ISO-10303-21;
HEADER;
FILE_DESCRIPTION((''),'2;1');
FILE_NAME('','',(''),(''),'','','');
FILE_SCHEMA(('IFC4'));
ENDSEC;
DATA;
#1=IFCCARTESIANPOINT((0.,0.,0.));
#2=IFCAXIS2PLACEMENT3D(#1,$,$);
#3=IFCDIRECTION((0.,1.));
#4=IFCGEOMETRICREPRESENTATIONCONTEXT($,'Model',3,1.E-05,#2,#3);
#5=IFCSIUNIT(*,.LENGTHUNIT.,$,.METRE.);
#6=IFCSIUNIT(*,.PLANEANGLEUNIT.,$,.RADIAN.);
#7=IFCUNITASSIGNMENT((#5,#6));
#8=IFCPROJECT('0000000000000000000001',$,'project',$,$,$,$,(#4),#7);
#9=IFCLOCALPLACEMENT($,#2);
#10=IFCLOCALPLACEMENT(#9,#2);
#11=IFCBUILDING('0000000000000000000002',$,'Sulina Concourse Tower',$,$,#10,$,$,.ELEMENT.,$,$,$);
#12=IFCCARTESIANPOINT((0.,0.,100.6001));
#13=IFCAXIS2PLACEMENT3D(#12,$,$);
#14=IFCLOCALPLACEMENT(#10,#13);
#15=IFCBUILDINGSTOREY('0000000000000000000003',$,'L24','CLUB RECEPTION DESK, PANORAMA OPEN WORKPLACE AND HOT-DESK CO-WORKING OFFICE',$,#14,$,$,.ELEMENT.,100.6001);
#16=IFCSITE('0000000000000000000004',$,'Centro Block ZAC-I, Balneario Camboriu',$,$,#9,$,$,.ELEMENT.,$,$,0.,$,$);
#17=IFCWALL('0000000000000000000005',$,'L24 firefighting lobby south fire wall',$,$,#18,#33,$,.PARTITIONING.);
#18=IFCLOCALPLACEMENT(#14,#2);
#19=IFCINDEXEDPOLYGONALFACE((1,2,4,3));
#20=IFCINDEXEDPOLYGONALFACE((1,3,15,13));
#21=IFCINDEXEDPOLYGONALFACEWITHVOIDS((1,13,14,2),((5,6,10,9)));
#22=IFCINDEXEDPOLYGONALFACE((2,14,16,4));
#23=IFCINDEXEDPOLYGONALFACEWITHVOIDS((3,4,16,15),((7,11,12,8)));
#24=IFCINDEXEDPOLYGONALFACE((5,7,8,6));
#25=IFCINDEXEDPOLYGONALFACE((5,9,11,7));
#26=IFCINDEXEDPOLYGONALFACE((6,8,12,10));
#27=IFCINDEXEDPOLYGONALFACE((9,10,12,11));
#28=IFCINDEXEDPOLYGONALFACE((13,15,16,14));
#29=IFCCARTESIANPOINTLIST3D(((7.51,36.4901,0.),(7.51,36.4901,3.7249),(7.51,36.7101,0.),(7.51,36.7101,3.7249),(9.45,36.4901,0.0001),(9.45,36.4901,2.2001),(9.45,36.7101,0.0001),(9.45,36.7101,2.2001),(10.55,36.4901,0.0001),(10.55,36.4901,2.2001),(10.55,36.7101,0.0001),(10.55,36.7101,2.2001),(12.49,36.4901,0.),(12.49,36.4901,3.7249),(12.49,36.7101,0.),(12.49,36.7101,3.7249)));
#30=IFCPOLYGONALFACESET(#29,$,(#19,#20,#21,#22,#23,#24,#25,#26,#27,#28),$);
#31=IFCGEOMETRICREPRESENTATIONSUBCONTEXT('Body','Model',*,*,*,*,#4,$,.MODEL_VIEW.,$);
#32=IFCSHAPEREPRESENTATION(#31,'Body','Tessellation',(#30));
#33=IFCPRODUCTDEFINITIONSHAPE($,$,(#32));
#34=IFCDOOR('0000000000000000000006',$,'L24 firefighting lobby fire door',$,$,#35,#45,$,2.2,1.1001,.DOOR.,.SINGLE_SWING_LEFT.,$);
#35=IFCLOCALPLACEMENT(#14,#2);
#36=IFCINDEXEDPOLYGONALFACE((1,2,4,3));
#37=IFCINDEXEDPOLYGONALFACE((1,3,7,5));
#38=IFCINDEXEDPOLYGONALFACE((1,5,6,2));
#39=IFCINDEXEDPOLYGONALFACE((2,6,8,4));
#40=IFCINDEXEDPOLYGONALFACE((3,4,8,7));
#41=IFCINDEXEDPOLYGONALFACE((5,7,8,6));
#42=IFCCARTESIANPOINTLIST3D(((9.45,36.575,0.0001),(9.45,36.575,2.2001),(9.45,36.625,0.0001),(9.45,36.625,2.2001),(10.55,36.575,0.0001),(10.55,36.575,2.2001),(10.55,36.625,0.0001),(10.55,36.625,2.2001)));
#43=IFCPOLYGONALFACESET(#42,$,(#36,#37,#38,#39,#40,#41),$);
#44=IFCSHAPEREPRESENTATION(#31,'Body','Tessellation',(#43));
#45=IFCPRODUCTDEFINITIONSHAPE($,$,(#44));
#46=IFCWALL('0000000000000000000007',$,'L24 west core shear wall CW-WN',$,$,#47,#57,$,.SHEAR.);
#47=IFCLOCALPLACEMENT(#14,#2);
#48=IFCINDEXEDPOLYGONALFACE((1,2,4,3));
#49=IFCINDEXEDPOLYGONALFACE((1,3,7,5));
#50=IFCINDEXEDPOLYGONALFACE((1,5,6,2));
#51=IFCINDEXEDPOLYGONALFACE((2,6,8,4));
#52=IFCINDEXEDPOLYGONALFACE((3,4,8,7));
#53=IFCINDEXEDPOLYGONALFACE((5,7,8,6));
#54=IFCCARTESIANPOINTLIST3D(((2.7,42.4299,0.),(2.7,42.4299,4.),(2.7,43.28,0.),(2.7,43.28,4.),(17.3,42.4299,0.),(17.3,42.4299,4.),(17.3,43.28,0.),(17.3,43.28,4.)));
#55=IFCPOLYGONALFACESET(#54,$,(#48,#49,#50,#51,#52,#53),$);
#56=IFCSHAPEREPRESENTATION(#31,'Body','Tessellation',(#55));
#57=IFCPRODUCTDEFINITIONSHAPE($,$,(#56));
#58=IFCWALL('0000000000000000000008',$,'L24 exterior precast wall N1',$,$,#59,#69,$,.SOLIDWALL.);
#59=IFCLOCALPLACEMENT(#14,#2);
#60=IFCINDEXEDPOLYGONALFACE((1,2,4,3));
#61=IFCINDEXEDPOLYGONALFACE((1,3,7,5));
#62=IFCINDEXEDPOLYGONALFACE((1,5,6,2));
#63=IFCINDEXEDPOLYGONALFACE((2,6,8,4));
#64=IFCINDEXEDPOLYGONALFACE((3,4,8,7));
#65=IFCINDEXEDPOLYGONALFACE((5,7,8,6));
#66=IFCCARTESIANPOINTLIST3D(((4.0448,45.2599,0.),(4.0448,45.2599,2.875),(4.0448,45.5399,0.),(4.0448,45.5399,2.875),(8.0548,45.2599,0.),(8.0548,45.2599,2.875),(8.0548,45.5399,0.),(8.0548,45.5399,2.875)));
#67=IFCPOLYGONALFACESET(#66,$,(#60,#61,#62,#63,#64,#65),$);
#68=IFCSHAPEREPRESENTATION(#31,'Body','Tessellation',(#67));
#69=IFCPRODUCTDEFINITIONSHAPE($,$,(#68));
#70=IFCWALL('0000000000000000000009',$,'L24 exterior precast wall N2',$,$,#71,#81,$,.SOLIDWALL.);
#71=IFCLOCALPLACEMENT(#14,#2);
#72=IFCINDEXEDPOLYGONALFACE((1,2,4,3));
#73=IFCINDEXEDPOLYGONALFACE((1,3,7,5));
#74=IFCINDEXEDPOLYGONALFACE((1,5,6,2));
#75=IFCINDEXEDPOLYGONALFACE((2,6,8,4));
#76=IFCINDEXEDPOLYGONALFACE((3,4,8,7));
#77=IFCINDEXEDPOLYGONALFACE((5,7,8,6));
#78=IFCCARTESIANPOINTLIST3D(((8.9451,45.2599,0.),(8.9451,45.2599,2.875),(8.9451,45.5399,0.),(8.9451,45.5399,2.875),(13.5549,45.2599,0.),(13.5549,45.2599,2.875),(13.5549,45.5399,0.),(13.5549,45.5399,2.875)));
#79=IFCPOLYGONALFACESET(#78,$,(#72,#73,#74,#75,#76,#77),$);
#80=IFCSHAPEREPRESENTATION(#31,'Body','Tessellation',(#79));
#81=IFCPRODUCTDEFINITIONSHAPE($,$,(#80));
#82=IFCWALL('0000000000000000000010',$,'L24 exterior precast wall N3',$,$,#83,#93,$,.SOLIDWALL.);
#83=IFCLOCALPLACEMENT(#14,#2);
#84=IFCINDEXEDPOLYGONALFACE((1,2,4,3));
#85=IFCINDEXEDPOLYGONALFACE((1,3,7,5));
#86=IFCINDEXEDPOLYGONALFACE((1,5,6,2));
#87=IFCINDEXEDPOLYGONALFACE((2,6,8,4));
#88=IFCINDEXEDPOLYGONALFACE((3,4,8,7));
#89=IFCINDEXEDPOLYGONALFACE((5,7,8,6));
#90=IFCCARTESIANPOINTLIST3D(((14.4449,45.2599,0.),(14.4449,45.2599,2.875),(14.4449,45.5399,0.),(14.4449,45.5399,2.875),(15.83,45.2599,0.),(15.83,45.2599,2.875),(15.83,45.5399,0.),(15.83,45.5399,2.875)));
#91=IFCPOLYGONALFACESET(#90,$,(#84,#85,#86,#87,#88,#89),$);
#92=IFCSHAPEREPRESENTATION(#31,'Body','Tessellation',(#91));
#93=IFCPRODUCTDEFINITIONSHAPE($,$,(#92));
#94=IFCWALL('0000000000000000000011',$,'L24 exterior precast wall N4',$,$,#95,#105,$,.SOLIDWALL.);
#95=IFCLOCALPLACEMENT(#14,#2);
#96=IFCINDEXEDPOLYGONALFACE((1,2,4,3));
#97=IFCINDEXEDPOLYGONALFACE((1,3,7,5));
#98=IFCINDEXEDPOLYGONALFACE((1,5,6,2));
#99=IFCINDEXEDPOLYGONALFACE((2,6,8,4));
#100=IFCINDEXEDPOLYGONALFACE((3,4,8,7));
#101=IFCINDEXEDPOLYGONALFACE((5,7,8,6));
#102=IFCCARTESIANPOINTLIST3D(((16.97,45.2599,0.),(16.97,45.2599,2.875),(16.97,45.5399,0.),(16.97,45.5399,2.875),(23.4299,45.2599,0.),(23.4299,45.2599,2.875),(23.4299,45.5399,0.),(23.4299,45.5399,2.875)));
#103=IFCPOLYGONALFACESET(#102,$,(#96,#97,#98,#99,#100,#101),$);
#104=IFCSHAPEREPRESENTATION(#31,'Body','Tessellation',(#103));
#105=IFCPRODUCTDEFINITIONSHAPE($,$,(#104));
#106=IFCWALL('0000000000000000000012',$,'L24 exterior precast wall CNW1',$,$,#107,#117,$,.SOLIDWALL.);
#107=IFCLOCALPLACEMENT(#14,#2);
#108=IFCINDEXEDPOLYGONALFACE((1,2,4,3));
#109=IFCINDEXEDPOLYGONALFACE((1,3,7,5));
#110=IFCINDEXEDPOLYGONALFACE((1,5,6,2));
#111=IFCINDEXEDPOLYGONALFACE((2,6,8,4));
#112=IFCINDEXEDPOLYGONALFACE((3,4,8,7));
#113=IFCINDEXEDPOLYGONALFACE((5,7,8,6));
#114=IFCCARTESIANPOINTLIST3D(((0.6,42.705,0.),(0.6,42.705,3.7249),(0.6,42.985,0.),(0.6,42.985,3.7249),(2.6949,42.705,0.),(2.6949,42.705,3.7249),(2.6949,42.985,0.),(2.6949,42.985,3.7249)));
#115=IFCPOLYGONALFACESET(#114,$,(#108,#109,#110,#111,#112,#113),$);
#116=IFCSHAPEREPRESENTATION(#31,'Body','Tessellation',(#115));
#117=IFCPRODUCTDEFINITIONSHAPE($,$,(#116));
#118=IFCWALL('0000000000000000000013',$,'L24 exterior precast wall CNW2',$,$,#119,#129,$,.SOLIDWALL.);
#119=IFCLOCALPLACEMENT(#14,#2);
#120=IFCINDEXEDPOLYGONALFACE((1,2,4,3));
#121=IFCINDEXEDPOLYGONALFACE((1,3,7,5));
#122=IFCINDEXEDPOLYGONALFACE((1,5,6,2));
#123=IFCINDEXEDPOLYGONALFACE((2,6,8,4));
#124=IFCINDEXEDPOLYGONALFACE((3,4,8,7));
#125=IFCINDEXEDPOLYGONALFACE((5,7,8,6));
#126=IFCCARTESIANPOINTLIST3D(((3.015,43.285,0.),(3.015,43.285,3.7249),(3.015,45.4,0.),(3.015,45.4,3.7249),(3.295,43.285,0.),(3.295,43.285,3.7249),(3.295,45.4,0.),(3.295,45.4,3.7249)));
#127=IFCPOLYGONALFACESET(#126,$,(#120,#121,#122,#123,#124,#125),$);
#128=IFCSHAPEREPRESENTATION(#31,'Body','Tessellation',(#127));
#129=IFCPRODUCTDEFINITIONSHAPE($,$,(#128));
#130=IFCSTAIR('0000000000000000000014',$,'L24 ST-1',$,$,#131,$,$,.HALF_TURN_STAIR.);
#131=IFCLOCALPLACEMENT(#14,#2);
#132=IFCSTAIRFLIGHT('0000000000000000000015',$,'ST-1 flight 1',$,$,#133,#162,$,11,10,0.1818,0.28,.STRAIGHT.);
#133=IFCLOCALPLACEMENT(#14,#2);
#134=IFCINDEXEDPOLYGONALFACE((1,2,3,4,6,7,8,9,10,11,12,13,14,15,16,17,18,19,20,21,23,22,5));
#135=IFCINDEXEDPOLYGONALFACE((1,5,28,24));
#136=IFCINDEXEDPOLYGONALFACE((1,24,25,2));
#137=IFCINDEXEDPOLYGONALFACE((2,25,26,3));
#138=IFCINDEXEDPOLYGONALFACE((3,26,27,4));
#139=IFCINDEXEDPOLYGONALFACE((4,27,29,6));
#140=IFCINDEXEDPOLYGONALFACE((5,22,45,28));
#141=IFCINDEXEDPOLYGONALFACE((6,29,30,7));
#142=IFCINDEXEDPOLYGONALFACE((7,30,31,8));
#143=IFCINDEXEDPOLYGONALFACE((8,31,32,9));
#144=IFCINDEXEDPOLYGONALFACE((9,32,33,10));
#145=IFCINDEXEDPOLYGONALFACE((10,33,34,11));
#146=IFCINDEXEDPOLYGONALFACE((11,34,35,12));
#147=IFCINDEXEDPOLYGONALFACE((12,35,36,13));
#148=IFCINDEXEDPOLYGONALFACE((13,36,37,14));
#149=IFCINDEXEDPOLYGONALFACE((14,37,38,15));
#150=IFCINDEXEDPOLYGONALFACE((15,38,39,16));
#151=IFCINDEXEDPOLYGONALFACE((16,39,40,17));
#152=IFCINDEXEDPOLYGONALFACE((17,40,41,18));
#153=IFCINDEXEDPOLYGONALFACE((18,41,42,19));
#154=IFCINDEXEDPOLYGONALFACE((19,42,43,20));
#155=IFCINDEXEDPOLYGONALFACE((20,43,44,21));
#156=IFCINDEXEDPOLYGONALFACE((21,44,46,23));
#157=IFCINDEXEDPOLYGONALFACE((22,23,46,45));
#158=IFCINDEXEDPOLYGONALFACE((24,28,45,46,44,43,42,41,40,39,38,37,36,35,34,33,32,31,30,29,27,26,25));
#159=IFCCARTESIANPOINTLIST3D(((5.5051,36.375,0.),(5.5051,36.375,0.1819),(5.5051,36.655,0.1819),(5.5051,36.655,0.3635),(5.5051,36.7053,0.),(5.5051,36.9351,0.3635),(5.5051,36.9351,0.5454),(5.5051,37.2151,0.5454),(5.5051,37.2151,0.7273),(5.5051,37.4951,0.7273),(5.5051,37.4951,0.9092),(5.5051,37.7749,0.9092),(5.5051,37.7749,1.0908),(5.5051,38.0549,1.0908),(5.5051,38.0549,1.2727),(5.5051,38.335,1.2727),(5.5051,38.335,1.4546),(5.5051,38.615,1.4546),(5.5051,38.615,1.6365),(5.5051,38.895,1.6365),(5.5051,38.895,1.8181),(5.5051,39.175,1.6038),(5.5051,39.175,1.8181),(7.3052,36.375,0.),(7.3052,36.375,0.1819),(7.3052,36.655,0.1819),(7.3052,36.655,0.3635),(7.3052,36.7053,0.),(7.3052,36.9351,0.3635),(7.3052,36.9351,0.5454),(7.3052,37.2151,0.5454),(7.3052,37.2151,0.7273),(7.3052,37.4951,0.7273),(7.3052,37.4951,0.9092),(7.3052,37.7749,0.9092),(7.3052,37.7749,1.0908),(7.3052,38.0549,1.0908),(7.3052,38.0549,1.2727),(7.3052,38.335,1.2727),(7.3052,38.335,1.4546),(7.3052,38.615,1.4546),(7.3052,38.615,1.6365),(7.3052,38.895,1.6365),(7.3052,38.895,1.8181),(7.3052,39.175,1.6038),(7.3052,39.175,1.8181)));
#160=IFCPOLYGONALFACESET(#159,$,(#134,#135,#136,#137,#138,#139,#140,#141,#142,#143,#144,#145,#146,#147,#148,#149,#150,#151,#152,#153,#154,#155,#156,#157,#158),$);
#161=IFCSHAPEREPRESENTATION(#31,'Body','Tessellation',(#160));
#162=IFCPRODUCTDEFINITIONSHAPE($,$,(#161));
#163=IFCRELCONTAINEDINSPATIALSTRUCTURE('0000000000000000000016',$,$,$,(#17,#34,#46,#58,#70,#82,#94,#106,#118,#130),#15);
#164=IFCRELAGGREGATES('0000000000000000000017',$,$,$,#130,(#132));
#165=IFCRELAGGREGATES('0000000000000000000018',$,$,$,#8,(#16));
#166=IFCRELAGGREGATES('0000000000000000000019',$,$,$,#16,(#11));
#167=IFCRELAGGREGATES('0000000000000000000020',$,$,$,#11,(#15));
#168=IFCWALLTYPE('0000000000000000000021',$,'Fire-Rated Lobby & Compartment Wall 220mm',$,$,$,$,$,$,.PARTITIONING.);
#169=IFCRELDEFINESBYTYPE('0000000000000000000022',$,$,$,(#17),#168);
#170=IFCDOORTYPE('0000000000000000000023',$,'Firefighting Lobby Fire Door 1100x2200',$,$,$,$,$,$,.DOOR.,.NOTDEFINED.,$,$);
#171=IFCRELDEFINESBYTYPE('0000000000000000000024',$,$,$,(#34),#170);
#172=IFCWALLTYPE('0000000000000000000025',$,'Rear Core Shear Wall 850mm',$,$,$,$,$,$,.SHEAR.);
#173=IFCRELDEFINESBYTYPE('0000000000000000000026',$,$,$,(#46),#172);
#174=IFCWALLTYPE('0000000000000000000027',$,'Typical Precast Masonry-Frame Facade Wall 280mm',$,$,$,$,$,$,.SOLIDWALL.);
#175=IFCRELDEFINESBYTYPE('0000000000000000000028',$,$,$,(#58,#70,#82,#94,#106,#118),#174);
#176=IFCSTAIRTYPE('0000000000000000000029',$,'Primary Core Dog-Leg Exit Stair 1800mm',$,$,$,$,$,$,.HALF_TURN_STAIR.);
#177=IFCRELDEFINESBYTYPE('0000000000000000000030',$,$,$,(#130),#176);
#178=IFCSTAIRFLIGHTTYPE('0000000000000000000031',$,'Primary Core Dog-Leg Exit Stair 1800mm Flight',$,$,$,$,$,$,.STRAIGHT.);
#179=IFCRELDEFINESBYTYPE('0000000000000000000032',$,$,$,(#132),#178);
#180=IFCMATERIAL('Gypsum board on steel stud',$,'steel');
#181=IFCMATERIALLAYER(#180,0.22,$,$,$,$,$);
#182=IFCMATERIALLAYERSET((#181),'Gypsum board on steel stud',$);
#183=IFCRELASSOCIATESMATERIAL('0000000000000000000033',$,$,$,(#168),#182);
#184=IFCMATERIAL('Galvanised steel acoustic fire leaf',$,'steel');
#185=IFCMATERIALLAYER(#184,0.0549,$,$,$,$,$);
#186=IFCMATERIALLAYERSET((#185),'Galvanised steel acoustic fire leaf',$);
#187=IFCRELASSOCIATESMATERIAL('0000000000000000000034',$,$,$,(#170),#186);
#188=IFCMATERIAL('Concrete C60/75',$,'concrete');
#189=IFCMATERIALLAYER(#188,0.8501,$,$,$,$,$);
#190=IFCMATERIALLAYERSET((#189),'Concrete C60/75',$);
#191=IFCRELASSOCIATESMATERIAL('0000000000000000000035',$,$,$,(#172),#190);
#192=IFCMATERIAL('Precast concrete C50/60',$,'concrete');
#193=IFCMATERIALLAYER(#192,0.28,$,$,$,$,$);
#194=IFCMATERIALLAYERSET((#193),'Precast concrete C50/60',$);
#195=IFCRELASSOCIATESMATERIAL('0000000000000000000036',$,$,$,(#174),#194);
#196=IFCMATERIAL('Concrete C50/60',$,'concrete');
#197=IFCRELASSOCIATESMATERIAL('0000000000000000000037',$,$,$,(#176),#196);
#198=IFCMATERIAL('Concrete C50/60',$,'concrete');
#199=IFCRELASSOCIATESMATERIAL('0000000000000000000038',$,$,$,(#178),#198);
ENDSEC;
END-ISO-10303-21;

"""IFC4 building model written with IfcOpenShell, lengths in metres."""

from ifc_helpers import new_model, si_unit, direction, frame, frame_2d, origin, place, context, subcontext, project, spatial, polyline, rectangle, outline, extrude, material, layer, layer_set, type_object, element, fill, aggregate, save


model = new_model("IFC4")

# Units and contexts
model_context = context("Model", 3, precision=1e-05, world=origin(), true_north=direction((0.0, 1.0)))
body_context = subcontext(model_context, "Body", "Model", "MODEL_VIEW")
ifc_project = project(units=[si_unit("LENGTHUNIT", "METRE"), si_unit("PLANEANGLEUNIT", "RADIAN")], contexts=[model_context])

# Site, building, storey
site_placement = place(None, origin())
site = spatial("IfcSite", under=ifc_project, at=site_placement, Name="Centro Block ZAC-I, Balneario Camboriu", CompositionType="ELEMENT", RefElevation=0.0)
building_placement = place(site_placement, origin())
building = spatial("IfcBuilding", under=site, at=building_placement, Name="Sulina Concourse Tower", CompositionType="ELEMENT")
storey_placement = place(building_placement, frame((0.0, 0.0, 100.6001)))
storey = spatial("IfcBuildingStorey", under=building, at=storey_placement, Name="L24", Description="CLUB RECEPTION DESK, PANORAMA OPEN WORKPLACE AND HOT-DESK CO-WORKING OFFICE", CompositionType="ELEMENT", Elevation=100.6001)

# Wall, opening, door
ifc_material_1 = material(Name="Gypsum board on steel stud", Category="steel")
ifc_layer_1 = layer(ifc_material_1, 0.22)
ifc_layer_set_1 = layer_set([ifc_layer_1], Name="Gypsum board on steel stud")
wall_type_1 = type_object("IfcWallType", Name="Fire-Rated Lobby & Compartment Wall 220mm", PredefinedType="PARTITIONING", material=ifc_layer_set_1)
wall_1_placement = place(storey_placement, frame((7.51, 36.6001, 0.0), z_axis=(0.0, 0.0, 1.0), x_axis=(1.0, 0.0, 0.0)))
wall_1 = element("IfcWall", 1, at=wall_1_placement, inside=storey, type_object=wall_type_1, Name="L24 firefighting lobby south fire wall", PredefinedType="PARTITIONING", context=body_context, shape_type="SweptSolid", body=[
    extrude(rectangle(XDim=4.98, YDim=0.22, at=frame_2d((2.49, 0.0))), origin(), (0.0, 0.0, 1.0), 3.7249),
])
opening_1_placement = place(wall_1_placement, frame((1.9399, 0.0, 0.0)))
opening_1 = element("IfcOpeningElement", 2, at=opening_1_placement, cuts=wall_1, PredefinedType="OPENING", context=body_context, shape_type="SweptSolid", body=[
    extrude(rectangle(XDim=1.1001, YDim=2.2, at=frame_2d((0.55, 1.1001))), frame((0.0, 0.1199, 0.0), z_axis=(0.0, -1.0, 0.0), x_axis=(1.0, 0.0, 0.0)), (0.0, 0.0, 1.0), 0.24),
])
ifc_material_2 = material(Name="Galvanised steel acoustic fire leaf", Category="steel")
ifc_layer_2 = layer(ifc_material_2, 0.0549)
ifc_layer_set_2 = layer_set([ifc_layer_2], Name="Galvanised steel acoustic fire leaf")
door_type_1 = type_object("IfcDoorType", Name="Firefighting Lobby Fire Door 1100x2200", OperationType="NOTDEFINED", PredefinedType="DOOR", material=ifc_layer_set_2)
door_1_placement = place(opening_1_placement, origin())
door_1 = element("IfcDoor", 3, at=door_1_placement, inside=storey, type_object=door_type_1, Name="L24 firefighting lobby fire door", OperationType="SINGLE_SWING_LEFT", OverallHeight=2.2, OverallWidth=1.1001, PredefinedType="DOOR", context=body_context, shape_type="SweptSolid", body=[
    extrude(rectangle(XDim=1.1001, YDim=2.2, at=frame_2d((0.55, 1.1001))), frame((0.0, 0.0249, 0.0), z_axis=(0.0, -1.0, 0.0), x_axis=(1.0, 0.0, 0.0)), (0.0, 0.0, 1.0), 0.05),
])
fill(opening_1, door_1)

# Walls
ifc_material_3 = material(Name="Concrete C60/75", Category="concrete")
ifc_layer_3 = layer(ifc_material_3, 0.8501)
ifc_layer_set_3 = layer_set([ifc_layer_3], Name="Concrete C60/75")
wall_type_2 = type_object("IfcWallType", Name="Rear Core Shear Wall 850mm", PredefinedType="SHEAR", material=ifc_layer_set_3)
wall_2_placement = place(storey_placement, frame((2.7, 42.855, 0.0), z_axis=(0.0, 0.0, 1.0), x_axis=(1.0, 0.0, 0.0)))
element("IfcWall", 4, at=wall_2_placement, inside=storey, type_object=wall_type_2, Name="L24 west core shear wall CW-WN", PredefinedType="SHEAR", context=body_context, shape_type="SweptSolid", body=[
    extrude(rectangle(XDim=14.6001, YDim=0.8501, at=frame_2d((7.3, 0.0))), origin(), (0.0, 0.0, 1.0), 4.0),
])
ifc_material_4 = material(Name="Precast concrete C50/60", Category="concrete")
ifc_layer_4 = layer(ifc_material_4, 0.28)
ifc_layer_set_4 = layer_set([ifc_layer_4], Name="Precast concrete C50/60")
wall_type_3 = type_object("IfcWallType", Name="Typical Precast Masonry-Frame Facade Wall 280mm", PredefinedType="SOLIDWALL", material=ifc_layer_set_4)
wall_3_placement = place(storey_placement, frame((4.0449, 45.3999, 0.0), z_axis=(0.0, 0.0, 1.0), x_axis=(1.0, 0.0, 0.0)))
element("IfcWall", 5, at=wall_3_placement, inside=storey, type_object=wall_type_3, Name="L24 exterior precast wall N1", PredefinedType="SOLIDWALL", context=body_context, shape_type="SweptSolid", body=[
    extrude(rectangle(XDim=4.01, YDim=0.28, at=frame_2d((2.0049, 0.0))), origin(), (0.0, 0.0, 1.0), 2.875),
])
wall_4_placement = place(storey_placement, frame((8.9451, 45.3999, 0.0), z_axis=(0.0, 0.0, 1.0), x_axis=(1.0, 0.0, 0.0)))
element("IfcWall", 6, at=wall_4_placement, inside=storey, type_object=wall_type_3, Name="L24 exterior precast wall N2", PredefinedType="SOLIDWALL", context=body_context, shape_type="SweptSolid", body=[
    extrude(rectangle(XDim=4.6099, YDim=0.28, at=frame_2d((2.3049, 0.0))), origin(), (0.0, 0.0, 1.0), 2.875),
])
wall_5_placement = place(storey_placement, frame((14.4451, 45.3999, 0.0), z_axis=(0.0, 0.0, 1.0), x_axis=(1.0, 0.0, 0.0)))
element("IfcWall", 7, at=wall_5_placement, inside=storey, type_object=wall_type_3, Name="L24 exterior precast wall N3", PredefinedType="SOLIDWALL", context=body_context, shape_type="SweptSolid", body=[
    extrude(rectangle(XDim=1.385, YDim=0.28, at=frame_2d((0.6924, 0.0))), origin(), (0.0, 0.0, 1.0), 2.875),
])
wall_6_placement = place(storey_placement, frame((16.97, 45.3999, 0.0), z_axis=(0.0, 0.0, 1.0), x_axis=(1.0, 0.0, 0.0)))
element("IfcWall", 8, at=wall_6_placement, inside=storey, type_object=wall_type_3, Name="L24 exterior precast wall N4", PredefinedType="SOLIDWALL", context=body_context, shape_type="SweptSolid", body=[
    extrude(rectangle(XDim=6.46, YDim=0.28, at=frame_2d((3.23, 0.0))), origin(), (0.0, 0.0, 1.0), 2.875),
])
wall_7_placement = place(storey_placement, frame((0.6001, 42.845, 0.0), z_axis=(0.0, 0.0, 1.0), x_axis=(1.0, 0.0, 0.0)))
element("IfcWall", 9, at=wall_7_placement, inside=storey, type_object=wall_type_3, Name="L24 exterior precast wall CNW1", PredefinedType="SOLIDWALL", context=body_context, shape_type="SweptSolid", body=[
    extrude(rectangle(XDim=2.095, YDim=0.28, at=frame_2d((1.0474, 0.0))), origin(), (0.0, 0.0, 1.0), 3.7249),
])
wall_8_placement = place(storey_placement, frame((3.155, 43.2849, 0.0), z_axis=(0.0, 0.0, 1.0), x_axis=(0.0, 1.0, 0.0)))
element("IfcWall", 10, at=wall_8_placement, inside=storey, type_object=wall_type_3, Name="L24 exterior precast wall CNW2", PredefinedType="SOLIDWALL", context=body_context, shape_type="SweptSolid", body=[
    extrude(rectangle(XDim=2.115, YDim=0.28, at=frame_2d((1.0576, 0.0))), origin(), (0.0, 0.0, 1.0), 3.7249),
])

# Stair, stair flight
ifc_material_5 = material(Name="Concrete C50/60", Category="concrete")
stair_type = type_object("IfcStairType", Name="Primary Core Dog-Leg Exit Stair 1800mm", PredefinedType="HALF_TURN_STAIR", material=ifc_material_5)
stair_1_placement = place(storey_placement, origin())
stair_1 = element("IfcStair", 11, at=stair_1_placement, inside=storey, type_object=stair_type, Name="L24 ST-1", PredefinedType="HALF_TURN_STAIR")
ifc_material_6 = material(Name="Concrete C50/60", Category="concrete")
stair_flight_type = type_object("IfcStairFlightType", Name="Primary Core Dog-Leg Exit Stair 1800mm Flight", PredefinedType="STRAIGHT", material=ifc_material_6)
stair_flight_1_placement = place(storey_placement, frame((6.405, 36.375, 0.0), z_axis=(0.0, 0.0, 1.0), x_axis=(0.0, 1.0, 0.0)))
stair_flight_1 = element("IfcStairFlight", 12, at=stair_flight_1_placement, type_object=stair_flight_type, Name="ST-1 flight 1", NumberOfRisers=11, NumberOfTreads=10, PredefinedType="STRAIGHT", RiserHeight=0.1818, TreadLength=0.28, context=body_context, shape_type="SweptSolid", body=[
    extrude(outline(polyline([(0.0, 0.0), (0.0, 0.1819), (0.28, 0.1819), (0.28, 0.3635), (0.5601, 0.3635), (0.5601, 0.5454), (0.8401, 0.5454), (0.8401, 0.7273), (1.1201, 0.7273), (1.1201, 0.9092), (1.3999, 0.9092), (1.3999, 1.0908), (1.6799, 1.0908), (1.6799, 1.2727), (1.96, 1.2727), (1.96, 1.4546), (2.24, 1.4546), (2.24, 1.6365), (2.52, 1.6365), (2.52, 1.8181), (2.8, 1.8181), (2.8, 2.0), (2.8, 1.6038), (0.3303, 0.0), (0.0, 0.0)])), frame((0.0, 0.8999, 0.0), z_axis=(0.0, -1.0, 0.0), x_axis=(1.0, 0.0, 0.0)), (0.0, 0.0, 1.0), 1.8),
])
aggregate(stair_1, [stair_flight_1])

save(model, "model.ifc")
